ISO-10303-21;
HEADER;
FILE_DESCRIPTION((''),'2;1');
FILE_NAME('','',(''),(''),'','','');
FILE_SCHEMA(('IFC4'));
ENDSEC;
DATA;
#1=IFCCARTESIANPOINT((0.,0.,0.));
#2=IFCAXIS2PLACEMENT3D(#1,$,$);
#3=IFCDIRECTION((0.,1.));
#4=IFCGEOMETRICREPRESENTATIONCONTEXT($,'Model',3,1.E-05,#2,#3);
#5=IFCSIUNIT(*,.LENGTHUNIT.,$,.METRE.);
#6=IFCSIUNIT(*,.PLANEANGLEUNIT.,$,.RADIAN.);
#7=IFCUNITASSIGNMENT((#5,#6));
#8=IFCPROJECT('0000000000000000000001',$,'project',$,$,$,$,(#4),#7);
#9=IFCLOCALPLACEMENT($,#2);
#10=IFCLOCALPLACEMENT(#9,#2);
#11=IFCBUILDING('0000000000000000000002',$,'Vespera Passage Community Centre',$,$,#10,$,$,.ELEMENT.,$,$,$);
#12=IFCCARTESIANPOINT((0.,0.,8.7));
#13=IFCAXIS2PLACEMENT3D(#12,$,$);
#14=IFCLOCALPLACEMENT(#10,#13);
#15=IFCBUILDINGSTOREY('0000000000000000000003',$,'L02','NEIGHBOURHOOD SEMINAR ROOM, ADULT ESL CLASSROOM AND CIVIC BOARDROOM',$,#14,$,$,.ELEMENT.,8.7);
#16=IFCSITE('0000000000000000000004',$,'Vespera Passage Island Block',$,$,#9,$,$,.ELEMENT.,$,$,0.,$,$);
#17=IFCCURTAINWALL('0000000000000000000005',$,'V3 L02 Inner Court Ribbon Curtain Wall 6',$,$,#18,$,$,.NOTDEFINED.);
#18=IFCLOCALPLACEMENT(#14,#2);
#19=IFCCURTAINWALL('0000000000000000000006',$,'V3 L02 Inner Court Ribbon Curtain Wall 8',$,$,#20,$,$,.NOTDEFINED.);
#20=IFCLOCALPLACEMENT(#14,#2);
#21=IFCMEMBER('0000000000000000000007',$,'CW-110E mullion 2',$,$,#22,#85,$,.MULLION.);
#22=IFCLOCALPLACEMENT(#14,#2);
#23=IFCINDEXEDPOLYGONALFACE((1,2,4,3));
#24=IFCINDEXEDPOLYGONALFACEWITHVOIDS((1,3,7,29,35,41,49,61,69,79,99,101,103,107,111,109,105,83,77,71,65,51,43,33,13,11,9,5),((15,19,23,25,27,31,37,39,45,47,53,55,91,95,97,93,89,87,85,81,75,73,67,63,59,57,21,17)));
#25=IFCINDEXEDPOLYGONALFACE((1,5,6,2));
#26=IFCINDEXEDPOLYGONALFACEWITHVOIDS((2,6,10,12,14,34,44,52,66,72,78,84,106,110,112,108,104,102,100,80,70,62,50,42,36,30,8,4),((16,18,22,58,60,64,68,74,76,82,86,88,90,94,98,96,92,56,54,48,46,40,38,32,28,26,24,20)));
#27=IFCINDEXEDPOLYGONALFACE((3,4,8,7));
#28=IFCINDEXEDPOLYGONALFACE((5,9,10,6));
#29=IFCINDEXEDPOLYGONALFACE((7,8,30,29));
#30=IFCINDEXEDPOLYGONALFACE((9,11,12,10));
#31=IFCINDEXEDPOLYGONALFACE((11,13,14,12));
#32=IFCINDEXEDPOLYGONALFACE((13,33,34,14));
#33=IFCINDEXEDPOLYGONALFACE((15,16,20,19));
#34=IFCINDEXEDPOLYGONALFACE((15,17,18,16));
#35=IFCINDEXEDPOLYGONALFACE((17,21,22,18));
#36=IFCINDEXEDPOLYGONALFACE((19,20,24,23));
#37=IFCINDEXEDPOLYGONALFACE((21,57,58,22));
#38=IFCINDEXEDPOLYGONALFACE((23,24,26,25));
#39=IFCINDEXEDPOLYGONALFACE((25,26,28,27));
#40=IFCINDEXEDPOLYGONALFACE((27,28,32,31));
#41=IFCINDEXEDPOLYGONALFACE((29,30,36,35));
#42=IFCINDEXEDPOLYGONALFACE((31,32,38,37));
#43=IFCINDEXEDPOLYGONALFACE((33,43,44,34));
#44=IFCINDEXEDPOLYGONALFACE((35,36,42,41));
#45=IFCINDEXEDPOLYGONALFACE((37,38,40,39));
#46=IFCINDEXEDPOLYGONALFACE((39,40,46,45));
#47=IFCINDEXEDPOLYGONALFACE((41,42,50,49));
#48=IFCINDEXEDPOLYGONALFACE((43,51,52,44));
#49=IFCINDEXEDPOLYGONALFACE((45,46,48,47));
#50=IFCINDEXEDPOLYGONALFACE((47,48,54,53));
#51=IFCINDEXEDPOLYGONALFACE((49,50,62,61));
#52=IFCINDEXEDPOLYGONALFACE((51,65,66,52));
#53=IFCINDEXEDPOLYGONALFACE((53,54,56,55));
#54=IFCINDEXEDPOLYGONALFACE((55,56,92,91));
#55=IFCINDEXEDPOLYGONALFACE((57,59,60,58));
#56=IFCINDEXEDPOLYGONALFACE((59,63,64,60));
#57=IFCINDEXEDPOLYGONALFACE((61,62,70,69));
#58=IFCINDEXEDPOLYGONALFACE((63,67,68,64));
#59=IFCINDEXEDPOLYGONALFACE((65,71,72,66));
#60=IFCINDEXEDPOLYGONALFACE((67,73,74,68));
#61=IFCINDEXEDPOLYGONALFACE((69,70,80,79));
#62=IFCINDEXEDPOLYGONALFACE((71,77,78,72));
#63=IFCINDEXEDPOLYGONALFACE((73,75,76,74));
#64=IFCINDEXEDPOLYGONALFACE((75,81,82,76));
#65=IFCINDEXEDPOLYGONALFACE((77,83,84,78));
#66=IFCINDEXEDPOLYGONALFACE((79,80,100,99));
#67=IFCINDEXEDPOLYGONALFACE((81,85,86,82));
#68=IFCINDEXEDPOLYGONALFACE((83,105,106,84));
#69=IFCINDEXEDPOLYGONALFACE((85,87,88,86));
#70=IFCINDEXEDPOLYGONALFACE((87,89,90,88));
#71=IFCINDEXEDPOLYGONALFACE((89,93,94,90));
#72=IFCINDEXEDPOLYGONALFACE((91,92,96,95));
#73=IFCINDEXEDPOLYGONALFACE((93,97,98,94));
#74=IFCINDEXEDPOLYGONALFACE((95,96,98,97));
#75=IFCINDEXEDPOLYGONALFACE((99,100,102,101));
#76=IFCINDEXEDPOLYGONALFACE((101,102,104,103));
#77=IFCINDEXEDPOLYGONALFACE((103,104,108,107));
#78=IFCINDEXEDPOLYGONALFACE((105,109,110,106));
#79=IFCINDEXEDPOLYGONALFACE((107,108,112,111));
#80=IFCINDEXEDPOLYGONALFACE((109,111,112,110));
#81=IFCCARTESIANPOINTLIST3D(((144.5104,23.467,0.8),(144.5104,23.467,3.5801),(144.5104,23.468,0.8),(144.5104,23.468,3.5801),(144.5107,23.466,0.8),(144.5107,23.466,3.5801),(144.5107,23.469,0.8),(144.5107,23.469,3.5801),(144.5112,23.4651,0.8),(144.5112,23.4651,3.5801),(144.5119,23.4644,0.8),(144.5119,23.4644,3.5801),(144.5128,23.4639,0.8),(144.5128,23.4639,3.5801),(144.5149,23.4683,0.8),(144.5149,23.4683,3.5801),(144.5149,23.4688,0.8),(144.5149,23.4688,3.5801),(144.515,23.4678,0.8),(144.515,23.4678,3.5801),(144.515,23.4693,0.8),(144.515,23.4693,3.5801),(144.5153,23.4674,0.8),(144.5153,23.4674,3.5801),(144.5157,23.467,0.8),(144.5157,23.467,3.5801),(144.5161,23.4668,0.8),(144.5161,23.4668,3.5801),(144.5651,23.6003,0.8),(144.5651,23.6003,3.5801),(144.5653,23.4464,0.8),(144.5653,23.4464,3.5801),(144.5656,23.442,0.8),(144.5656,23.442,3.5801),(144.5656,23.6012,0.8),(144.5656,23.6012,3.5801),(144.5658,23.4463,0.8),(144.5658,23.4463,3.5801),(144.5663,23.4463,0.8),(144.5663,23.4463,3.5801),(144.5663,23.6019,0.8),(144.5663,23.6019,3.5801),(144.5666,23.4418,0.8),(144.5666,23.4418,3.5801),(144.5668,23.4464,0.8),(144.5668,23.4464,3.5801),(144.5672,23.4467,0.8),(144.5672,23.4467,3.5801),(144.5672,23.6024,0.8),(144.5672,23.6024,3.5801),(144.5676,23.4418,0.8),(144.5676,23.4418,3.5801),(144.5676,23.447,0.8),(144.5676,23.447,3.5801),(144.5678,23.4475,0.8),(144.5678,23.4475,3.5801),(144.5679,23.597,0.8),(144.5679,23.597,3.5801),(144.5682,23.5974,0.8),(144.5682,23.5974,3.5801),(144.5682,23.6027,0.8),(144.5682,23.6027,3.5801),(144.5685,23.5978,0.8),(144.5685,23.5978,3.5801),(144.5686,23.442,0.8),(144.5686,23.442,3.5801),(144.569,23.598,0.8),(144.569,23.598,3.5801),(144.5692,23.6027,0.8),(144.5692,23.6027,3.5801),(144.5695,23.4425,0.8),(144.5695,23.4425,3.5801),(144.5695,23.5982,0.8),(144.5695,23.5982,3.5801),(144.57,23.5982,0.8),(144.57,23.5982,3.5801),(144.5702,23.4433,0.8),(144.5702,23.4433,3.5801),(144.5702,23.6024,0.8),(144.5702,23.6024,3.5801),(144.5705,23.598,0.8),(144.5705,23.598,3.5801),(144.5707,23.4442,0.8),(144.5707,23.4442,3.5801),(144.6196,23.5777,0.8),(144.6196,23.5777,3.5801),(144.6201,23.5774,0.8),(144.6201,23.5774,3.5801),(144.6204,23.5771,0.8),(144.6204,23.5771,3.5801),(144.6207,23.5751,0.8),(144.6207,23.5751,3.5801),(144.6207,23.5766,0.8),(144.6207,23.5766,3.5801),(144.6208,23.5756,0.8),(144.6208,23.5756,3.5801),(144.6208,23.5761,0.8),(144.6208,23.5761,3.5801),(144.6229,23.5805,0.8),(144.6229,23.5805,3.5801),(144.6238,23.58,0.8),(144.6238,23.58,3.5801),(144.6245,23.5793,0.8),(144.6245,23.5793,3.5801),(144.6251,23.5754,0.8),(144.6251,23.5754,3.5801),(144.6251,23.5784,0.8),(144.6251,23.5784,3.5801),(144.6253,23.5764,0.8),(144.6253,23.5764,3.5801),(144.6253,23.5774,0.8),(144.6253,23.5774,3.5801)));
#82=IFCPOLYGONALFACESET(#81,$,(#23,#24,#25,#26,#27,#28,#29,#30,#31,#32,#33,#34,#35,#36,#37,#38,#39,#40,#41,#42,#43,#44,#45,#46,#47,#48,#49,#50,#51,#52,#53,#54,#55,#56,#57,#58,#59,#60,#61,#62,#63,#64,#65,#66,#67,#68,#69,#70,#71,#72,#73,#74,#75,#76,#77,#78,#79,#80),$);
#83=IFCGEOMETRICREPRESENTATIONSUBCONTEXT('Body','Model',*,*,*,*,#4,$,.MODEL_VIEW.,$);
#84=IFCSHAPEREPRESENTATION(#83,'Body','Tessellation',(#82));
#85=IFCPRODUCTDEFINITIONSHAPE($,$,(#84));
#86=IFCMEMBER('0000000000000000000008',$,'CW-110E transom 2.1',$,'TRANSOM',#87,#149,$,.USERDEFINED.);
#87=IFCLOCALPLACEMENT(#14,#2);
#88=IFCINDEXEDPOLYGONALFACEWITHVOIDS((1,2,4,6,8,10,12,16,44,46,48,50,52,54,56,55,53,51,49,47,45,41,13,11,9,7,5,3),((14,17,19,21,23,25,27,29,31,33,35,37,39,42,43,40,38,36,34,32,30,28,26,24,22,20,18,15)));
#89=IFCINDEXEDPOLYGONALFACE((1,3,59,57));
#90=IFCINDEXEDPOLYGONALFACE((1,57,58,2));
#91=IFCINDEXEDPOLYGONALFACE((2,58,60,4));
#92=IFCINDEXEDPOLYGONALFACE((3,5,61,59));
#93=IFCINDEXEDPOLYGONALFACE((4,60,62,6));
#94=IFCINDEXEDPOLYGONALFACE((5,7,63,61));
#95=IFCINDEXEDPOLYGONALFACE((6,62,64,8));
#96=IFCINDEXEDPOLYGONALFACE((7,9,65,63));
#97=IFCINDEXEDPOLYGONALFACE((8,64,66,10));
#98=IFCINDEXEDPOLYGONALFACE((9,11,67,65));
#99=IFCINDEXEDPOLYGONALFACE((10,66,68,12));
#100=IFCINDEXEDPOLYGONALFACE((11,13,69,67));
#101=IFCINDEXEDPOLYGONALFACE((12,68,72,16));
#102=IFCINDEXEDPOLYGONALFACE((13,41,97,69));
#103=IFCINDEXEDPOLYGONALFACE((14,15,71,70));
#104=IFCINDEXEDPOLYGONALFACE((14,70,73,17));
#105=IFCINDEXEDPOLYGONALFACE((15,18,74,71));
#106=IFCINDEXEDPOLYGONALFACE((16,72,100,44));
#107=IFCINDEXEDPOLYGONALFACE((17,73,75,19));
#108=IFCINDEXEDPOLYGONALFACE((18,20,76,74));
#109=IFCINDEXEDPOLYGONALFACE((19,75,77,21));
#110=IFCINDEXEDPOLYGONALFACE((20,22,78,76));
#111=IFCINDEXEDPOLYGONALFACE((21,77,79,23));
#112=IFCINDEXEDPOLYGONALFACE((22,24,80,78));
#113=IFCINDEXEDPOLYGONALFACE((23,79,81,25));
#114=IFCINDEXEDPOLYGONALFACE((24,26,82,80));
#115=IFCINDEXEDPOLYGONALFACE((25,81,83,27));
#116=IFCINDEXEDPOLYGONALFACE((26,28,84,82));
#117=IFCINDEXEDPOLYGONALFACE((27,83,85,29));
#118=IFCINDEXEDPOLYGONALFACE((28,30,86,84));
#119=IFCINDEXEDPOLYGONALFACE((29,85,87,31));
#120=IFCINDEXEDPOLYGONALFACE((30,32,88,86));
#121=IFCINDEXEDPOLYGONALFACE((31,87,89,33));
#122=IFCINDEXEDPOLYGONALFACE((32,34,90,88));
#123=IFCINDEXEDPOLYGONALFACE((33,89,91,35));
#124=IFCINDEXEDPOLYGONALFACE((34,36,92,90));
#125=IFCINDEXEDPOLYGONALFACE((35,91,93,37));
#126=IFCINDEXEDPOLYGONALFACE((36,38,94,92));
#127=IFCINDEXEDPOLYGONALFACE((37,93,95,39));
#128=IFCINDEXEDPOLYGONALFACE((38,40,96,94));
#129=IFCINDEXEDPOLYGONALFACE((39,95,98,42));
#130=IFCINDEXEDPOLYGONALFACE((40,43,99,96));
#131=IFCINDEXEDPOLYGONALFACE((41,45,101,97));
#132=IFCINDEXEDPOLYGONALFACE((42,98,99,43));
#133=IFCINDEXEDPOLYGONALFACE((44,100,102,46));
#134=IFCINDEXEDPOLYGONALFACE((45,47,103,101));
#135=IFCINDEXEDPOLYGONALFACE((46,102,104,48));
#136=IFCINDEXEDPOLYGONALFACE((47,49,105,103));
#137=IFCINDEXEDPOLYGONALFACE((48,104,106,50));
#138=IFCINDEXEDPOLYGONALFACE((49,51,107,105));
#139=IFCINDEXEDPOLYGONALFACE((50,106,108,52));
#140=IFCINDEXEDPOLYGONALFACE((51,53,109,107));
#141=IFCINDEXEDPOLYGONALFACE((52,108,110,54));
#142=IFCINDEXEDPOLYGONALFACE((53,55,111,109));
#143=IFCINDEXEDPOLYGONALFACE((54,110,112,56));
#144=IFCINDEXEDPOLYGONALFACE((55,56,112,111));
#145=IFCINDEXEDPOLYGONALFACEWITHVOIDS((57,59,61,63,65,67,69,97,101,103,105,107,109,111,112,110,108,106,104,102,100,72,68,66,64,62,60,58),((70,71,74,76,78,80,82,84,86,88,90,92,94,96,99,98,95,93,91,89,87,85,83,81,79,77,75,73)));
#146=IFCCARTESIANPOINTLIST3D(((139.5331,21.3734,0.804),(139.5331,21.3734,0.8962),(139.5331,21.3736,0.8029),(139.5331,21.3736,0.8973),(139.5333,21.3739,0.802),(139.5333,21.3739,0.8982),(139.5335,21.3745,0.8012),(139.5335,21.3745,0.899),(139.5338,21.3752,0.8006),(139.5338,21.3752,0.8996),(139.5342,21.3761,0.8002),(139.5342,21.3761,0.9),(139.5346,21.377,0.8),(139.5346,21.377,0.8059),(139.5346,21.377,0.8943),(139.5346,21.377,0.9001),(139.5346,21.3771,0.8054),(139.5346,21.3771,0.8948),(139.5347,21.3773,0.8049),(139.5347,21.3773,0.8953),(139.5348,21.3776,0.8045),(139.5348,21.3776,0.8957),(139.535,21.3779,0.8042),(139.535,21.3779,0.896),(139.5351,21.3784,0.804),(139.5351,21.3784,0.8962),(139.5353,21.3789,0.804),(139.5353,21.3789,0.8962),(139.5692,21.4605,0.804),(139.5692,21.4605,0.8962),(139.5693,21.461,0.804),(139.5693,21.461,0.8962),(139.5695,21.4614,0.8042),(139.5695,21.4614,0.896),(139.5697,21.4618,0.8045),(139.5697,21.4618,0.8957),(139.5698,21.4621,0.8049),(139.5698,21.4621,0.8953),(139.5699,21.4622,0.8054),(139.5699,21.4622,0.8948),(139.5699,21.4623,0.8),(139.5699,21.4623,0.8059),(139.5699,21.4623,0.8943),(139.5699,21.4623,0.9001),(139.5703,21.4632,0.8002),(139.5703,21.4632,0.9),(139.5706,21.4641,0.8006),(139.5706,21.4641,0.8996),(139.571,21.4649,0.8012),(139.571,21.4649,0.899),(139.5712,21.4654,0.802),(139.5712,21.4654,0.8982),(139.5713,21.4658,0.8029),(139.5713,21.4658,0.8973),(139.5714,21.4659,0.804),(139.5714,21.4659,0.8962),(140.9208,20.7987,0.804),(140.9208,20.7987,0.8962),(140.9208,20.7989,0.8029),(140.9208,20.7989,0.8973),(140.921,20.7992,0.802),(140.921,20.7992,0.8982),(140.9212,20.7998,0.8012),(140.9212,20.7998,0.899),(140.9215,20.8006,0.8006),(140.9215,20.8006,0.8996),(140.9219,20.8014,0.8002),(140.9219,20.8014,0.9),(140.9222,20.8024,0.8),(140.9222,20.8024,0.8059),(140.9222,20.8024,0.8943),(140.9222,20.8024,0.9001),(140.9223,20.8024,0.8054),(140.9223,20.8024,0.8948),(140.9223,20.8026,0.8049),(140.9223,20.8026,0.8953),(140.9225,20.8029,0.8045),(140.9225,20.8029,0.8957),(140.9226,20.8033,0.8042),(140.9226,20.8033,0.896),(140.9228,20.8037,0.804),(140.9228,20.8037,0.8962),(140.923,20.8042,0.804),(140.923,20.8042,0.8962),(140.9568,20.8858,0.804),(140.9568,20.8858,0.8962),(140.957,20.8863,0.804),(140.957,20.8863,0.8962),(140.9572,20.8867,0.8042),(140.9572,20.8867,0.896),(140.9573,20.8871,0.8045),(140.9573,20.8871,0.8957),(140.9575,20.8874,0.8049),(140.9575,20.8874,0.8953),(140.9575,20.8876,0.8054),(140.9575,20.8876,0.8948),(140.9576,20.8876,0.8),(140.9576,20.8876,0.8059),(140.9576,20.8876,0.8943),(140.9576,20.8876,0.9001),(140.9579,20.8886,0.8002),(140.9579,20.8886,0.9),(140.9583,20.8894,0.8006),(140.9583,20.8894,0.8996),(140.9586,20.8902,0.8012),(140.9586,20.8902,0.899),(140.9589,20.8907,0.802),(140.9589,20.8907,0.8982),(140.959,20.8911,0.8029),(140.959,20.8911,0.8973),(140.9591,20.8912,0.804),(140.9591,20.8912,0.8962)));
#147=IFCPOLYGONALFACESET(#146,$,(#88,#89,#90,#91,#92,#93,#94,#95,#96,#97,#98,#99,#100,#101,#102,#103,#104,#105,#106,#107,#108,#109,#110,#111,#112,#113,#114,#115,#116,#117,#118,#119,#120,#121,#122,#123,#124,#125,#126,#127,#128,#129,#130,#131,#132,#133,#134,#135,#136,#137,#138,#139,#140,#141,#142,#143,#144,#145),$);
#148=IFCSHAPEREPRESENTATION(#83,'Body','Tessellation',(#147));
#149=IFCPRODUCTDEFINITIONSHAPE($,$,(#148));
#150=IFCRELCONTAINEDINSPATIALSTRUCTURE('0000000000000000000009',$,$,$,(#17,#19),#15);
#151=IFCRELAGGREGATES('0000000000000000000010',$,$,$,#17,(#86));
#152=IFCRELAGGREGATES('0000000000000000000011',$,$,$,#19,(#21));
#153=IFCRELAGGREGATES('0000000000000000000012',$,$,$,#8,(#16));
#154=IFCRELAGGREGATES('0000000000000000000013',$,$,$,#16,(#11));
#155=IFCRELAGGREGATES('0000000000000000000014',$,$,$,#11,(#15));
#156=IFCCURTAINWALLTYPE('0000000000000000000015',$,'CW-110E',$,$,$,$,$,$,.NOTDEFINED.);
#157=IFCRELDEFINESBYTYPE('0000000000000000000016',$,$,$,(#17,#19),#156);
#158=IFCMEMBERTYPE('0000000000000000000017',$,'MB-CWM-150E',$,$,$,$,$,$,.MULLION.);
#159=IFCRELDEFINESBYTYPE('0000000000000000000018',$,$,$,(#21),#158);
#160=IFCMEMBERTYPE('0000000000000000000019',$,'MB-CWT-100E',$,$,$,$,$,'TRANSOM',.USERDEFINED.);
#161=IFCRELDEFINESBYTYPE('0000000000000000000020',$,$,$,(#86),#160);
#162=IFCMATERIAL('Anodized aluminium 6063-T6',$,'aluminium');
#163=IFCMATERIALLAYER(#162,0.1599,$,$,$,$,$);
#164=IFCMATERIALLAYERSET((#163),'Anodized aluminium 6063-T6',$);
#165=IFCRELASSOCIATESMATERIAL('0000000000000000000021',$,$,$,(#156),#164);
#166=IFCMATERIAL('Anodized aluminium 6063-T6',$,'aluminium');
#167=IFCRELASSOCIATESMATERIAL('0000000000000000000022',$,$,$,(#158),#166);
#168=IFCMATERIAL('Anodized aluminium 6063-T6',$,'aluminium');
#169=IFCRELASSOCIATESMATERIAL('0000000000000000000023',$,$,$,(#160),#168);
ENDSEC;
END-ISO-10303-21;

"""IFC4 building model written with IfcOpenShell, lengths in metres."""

from ifc_helpers import new_model, si_unit, direction, frame, origin, origin_2d, place, context, subcontext, project, spatial, hollow_rectangle, extrude, material, layer, layer_set, material_profile, profile_set, type_object, element, aggregate, save


model = new_model("IFC4")

# Units and contexts
model_context = context("Model", 3, precision=1e-05, world=origin(), true_north=direction((0.0, 1.0)))
body_context = subcontext(model_context, "Body", "Model", "MODEL_VIEW")
ifc_project = project(units=[si_unit("LENGTHUNIT", "METRE"), si_unit("PLANEANGLEUNIT", "RADIAN")], contexts=[model_context])

# Site, building, storey
site_placement = place(None, origin())
site = spatial("IfcSite", under=ifc_project, at=site_placement, Name="Vespera Passage Island Block", CompositionType="ELEMENT", RefElevation=0.0)
building_placement = place(site_placement, origin())
building = spatial("IfcBuilding", under=site, at=building_placement, Name="Vespera Passage Community Centre", CompositionType="ELEMENT")
storey_placement = place(building_placement, frame((0.0, 0.0, 8.7)))
storey = spatial("IfcBuildingStorey", under=building, at=storey_placement, Name="L02", Description="NEIGHBOURHOOD SEMINAR ROOM, ADULT ESL CLASSROOM AND CIVIC BOARDROOM", CompositionType="ELEMENT", Elevation=8.7)

# Curtain wall
ifc_material_1 = material(Name="Anodized aluminium 6063-T6", Category="aluminium")
ifc_layer_1 = layer(ifc_material_1, 0.1599)
ifc_layer_set_1 = layer_set([ifc_layer_1], Name="Anodized aluminium 6063-T6")
curtain_wall_type = type_object("IfcCurtainWallType", Name="CW-110E", PredefinedType="NOTDEFINED", material=ifc_layer_set_1)
curtain_wall_1_placement = place(storey_placement, origin())
curtain_wall_1 = element("IfcCurtainWall", 1, at=curtain_wall_1_placement, inside=storey, type_object=curtain_wall_type, Name="V3 L02 Inner Court Ribbon Curtain Wall 6", PredefinedType="NOTDEFINED")
ifc_material_2 = material(Name="Anodized aluminium 6063-T6", Category="aluminium")
ifc_material_profile_1 = material_profile(ifc_material_2, hollow_rectangle(XDim=0.0649, YDim=0.1499, WallThickness=0.0039, InnerFilletRadius=0.002, OuterFilletRadius=0.0039, at=origin_2d()), Name="ALU150X65X4")
ifc_profile_set_1 = profile_set([ifc_material_profile_1], Name="Anodized aluminium 6063-T6")
member_type_1 = type_object("IfcMemberType", Name="MB-CWM-150E", PredefinedType="MULLION", material=ifc_profile_set_1)

# Curtain wall, member
curtain_wall_2_placement = place(storey_placement, origin())
curtain_wall_2 = element("IfcCurtainWall", 2, at=curtain_wall_2_placement, inside=storey, type_object=curtain_wall_type, Name="V3 L02 Inner Court Ribbon Curtain Wall 8", PredefinedType="NOTDEFINED")
member_1_placement = place(storey_placement, frame((144.5679, 23.5222, 0.8), z_axis=(0.0, 0.0, 1.0), x_axis=(-0.923879, 0.382686, 0.0)))
member_1 = element("IfcMember", 3, at=member_1_placement, type_object=member_type_1, Name="CW-110E mullion 2", PredefinedType="MULLION", context=body_context, shape_type="SweptSolid", body=[
    extrude(hollow_rectangle(XDim=0.0649, YDim=0.1499, WallThickness=0.0039, InnerFilletRadius=0.002, OuterFilletRadius=0.0039, at=origin_2d()), origin(), (0.0, 0.0, 1.0), 2.78),
])

# Member
ifc_material_3 = material(Name="Anodized aluminium 6063-T6", Category="aluminium")
ifc_material_profile_2 = material_profile(ifc_material_3, hollow_rectangle(XDim=0.1001, YDim=0.1001, WallThickness=0.0039, InnerFilletRadius=0.002, OuterFilletRadius=0.0039, at=origin_2d()), Name="ALU100X100X4")
ifc_profile_set_2 = profile_set([ifc_material_profile_2], Name="Anodized aluminium 6063-T6")
member_type_2 = type_object("IfcMemberType", Name="MB-CWT-100E", ElementType="TRANSOM", PredefinedType="USERDEFINED", material=ifc_profile_set_2)
member_2_placement = place(storey_placement, frame((139.5522, 21.4197, 0.8501), z_axis=(0.923902, -0.382629, 0.0), x_axis=(0.382629, 0.923902, 0.0)))
member_2 = element("IfcMember", 4, at=member_2_placement, type_object=member_type_2, Name="CW-110E transom 2.1", ObjectType="TRANSOM", PredefinedType="USERDEFINED", context=body_context, shape_type="SweptSolid", body=[
    extrude(hollow_rectangle(XDim=0.1001, YDim=0.1001, WallThickness=0.0039, InnerFilletRadius=0.002, OuterFilletRadius=0.0039, at=origin_2d()), origin(), (0.0, 0.0, 1.0), 1.502),
])

aggregate(curtain_wall_1, [member_2])
aggregate(curtain_wall_2, [member_1])

save(model, "model.ifc")
